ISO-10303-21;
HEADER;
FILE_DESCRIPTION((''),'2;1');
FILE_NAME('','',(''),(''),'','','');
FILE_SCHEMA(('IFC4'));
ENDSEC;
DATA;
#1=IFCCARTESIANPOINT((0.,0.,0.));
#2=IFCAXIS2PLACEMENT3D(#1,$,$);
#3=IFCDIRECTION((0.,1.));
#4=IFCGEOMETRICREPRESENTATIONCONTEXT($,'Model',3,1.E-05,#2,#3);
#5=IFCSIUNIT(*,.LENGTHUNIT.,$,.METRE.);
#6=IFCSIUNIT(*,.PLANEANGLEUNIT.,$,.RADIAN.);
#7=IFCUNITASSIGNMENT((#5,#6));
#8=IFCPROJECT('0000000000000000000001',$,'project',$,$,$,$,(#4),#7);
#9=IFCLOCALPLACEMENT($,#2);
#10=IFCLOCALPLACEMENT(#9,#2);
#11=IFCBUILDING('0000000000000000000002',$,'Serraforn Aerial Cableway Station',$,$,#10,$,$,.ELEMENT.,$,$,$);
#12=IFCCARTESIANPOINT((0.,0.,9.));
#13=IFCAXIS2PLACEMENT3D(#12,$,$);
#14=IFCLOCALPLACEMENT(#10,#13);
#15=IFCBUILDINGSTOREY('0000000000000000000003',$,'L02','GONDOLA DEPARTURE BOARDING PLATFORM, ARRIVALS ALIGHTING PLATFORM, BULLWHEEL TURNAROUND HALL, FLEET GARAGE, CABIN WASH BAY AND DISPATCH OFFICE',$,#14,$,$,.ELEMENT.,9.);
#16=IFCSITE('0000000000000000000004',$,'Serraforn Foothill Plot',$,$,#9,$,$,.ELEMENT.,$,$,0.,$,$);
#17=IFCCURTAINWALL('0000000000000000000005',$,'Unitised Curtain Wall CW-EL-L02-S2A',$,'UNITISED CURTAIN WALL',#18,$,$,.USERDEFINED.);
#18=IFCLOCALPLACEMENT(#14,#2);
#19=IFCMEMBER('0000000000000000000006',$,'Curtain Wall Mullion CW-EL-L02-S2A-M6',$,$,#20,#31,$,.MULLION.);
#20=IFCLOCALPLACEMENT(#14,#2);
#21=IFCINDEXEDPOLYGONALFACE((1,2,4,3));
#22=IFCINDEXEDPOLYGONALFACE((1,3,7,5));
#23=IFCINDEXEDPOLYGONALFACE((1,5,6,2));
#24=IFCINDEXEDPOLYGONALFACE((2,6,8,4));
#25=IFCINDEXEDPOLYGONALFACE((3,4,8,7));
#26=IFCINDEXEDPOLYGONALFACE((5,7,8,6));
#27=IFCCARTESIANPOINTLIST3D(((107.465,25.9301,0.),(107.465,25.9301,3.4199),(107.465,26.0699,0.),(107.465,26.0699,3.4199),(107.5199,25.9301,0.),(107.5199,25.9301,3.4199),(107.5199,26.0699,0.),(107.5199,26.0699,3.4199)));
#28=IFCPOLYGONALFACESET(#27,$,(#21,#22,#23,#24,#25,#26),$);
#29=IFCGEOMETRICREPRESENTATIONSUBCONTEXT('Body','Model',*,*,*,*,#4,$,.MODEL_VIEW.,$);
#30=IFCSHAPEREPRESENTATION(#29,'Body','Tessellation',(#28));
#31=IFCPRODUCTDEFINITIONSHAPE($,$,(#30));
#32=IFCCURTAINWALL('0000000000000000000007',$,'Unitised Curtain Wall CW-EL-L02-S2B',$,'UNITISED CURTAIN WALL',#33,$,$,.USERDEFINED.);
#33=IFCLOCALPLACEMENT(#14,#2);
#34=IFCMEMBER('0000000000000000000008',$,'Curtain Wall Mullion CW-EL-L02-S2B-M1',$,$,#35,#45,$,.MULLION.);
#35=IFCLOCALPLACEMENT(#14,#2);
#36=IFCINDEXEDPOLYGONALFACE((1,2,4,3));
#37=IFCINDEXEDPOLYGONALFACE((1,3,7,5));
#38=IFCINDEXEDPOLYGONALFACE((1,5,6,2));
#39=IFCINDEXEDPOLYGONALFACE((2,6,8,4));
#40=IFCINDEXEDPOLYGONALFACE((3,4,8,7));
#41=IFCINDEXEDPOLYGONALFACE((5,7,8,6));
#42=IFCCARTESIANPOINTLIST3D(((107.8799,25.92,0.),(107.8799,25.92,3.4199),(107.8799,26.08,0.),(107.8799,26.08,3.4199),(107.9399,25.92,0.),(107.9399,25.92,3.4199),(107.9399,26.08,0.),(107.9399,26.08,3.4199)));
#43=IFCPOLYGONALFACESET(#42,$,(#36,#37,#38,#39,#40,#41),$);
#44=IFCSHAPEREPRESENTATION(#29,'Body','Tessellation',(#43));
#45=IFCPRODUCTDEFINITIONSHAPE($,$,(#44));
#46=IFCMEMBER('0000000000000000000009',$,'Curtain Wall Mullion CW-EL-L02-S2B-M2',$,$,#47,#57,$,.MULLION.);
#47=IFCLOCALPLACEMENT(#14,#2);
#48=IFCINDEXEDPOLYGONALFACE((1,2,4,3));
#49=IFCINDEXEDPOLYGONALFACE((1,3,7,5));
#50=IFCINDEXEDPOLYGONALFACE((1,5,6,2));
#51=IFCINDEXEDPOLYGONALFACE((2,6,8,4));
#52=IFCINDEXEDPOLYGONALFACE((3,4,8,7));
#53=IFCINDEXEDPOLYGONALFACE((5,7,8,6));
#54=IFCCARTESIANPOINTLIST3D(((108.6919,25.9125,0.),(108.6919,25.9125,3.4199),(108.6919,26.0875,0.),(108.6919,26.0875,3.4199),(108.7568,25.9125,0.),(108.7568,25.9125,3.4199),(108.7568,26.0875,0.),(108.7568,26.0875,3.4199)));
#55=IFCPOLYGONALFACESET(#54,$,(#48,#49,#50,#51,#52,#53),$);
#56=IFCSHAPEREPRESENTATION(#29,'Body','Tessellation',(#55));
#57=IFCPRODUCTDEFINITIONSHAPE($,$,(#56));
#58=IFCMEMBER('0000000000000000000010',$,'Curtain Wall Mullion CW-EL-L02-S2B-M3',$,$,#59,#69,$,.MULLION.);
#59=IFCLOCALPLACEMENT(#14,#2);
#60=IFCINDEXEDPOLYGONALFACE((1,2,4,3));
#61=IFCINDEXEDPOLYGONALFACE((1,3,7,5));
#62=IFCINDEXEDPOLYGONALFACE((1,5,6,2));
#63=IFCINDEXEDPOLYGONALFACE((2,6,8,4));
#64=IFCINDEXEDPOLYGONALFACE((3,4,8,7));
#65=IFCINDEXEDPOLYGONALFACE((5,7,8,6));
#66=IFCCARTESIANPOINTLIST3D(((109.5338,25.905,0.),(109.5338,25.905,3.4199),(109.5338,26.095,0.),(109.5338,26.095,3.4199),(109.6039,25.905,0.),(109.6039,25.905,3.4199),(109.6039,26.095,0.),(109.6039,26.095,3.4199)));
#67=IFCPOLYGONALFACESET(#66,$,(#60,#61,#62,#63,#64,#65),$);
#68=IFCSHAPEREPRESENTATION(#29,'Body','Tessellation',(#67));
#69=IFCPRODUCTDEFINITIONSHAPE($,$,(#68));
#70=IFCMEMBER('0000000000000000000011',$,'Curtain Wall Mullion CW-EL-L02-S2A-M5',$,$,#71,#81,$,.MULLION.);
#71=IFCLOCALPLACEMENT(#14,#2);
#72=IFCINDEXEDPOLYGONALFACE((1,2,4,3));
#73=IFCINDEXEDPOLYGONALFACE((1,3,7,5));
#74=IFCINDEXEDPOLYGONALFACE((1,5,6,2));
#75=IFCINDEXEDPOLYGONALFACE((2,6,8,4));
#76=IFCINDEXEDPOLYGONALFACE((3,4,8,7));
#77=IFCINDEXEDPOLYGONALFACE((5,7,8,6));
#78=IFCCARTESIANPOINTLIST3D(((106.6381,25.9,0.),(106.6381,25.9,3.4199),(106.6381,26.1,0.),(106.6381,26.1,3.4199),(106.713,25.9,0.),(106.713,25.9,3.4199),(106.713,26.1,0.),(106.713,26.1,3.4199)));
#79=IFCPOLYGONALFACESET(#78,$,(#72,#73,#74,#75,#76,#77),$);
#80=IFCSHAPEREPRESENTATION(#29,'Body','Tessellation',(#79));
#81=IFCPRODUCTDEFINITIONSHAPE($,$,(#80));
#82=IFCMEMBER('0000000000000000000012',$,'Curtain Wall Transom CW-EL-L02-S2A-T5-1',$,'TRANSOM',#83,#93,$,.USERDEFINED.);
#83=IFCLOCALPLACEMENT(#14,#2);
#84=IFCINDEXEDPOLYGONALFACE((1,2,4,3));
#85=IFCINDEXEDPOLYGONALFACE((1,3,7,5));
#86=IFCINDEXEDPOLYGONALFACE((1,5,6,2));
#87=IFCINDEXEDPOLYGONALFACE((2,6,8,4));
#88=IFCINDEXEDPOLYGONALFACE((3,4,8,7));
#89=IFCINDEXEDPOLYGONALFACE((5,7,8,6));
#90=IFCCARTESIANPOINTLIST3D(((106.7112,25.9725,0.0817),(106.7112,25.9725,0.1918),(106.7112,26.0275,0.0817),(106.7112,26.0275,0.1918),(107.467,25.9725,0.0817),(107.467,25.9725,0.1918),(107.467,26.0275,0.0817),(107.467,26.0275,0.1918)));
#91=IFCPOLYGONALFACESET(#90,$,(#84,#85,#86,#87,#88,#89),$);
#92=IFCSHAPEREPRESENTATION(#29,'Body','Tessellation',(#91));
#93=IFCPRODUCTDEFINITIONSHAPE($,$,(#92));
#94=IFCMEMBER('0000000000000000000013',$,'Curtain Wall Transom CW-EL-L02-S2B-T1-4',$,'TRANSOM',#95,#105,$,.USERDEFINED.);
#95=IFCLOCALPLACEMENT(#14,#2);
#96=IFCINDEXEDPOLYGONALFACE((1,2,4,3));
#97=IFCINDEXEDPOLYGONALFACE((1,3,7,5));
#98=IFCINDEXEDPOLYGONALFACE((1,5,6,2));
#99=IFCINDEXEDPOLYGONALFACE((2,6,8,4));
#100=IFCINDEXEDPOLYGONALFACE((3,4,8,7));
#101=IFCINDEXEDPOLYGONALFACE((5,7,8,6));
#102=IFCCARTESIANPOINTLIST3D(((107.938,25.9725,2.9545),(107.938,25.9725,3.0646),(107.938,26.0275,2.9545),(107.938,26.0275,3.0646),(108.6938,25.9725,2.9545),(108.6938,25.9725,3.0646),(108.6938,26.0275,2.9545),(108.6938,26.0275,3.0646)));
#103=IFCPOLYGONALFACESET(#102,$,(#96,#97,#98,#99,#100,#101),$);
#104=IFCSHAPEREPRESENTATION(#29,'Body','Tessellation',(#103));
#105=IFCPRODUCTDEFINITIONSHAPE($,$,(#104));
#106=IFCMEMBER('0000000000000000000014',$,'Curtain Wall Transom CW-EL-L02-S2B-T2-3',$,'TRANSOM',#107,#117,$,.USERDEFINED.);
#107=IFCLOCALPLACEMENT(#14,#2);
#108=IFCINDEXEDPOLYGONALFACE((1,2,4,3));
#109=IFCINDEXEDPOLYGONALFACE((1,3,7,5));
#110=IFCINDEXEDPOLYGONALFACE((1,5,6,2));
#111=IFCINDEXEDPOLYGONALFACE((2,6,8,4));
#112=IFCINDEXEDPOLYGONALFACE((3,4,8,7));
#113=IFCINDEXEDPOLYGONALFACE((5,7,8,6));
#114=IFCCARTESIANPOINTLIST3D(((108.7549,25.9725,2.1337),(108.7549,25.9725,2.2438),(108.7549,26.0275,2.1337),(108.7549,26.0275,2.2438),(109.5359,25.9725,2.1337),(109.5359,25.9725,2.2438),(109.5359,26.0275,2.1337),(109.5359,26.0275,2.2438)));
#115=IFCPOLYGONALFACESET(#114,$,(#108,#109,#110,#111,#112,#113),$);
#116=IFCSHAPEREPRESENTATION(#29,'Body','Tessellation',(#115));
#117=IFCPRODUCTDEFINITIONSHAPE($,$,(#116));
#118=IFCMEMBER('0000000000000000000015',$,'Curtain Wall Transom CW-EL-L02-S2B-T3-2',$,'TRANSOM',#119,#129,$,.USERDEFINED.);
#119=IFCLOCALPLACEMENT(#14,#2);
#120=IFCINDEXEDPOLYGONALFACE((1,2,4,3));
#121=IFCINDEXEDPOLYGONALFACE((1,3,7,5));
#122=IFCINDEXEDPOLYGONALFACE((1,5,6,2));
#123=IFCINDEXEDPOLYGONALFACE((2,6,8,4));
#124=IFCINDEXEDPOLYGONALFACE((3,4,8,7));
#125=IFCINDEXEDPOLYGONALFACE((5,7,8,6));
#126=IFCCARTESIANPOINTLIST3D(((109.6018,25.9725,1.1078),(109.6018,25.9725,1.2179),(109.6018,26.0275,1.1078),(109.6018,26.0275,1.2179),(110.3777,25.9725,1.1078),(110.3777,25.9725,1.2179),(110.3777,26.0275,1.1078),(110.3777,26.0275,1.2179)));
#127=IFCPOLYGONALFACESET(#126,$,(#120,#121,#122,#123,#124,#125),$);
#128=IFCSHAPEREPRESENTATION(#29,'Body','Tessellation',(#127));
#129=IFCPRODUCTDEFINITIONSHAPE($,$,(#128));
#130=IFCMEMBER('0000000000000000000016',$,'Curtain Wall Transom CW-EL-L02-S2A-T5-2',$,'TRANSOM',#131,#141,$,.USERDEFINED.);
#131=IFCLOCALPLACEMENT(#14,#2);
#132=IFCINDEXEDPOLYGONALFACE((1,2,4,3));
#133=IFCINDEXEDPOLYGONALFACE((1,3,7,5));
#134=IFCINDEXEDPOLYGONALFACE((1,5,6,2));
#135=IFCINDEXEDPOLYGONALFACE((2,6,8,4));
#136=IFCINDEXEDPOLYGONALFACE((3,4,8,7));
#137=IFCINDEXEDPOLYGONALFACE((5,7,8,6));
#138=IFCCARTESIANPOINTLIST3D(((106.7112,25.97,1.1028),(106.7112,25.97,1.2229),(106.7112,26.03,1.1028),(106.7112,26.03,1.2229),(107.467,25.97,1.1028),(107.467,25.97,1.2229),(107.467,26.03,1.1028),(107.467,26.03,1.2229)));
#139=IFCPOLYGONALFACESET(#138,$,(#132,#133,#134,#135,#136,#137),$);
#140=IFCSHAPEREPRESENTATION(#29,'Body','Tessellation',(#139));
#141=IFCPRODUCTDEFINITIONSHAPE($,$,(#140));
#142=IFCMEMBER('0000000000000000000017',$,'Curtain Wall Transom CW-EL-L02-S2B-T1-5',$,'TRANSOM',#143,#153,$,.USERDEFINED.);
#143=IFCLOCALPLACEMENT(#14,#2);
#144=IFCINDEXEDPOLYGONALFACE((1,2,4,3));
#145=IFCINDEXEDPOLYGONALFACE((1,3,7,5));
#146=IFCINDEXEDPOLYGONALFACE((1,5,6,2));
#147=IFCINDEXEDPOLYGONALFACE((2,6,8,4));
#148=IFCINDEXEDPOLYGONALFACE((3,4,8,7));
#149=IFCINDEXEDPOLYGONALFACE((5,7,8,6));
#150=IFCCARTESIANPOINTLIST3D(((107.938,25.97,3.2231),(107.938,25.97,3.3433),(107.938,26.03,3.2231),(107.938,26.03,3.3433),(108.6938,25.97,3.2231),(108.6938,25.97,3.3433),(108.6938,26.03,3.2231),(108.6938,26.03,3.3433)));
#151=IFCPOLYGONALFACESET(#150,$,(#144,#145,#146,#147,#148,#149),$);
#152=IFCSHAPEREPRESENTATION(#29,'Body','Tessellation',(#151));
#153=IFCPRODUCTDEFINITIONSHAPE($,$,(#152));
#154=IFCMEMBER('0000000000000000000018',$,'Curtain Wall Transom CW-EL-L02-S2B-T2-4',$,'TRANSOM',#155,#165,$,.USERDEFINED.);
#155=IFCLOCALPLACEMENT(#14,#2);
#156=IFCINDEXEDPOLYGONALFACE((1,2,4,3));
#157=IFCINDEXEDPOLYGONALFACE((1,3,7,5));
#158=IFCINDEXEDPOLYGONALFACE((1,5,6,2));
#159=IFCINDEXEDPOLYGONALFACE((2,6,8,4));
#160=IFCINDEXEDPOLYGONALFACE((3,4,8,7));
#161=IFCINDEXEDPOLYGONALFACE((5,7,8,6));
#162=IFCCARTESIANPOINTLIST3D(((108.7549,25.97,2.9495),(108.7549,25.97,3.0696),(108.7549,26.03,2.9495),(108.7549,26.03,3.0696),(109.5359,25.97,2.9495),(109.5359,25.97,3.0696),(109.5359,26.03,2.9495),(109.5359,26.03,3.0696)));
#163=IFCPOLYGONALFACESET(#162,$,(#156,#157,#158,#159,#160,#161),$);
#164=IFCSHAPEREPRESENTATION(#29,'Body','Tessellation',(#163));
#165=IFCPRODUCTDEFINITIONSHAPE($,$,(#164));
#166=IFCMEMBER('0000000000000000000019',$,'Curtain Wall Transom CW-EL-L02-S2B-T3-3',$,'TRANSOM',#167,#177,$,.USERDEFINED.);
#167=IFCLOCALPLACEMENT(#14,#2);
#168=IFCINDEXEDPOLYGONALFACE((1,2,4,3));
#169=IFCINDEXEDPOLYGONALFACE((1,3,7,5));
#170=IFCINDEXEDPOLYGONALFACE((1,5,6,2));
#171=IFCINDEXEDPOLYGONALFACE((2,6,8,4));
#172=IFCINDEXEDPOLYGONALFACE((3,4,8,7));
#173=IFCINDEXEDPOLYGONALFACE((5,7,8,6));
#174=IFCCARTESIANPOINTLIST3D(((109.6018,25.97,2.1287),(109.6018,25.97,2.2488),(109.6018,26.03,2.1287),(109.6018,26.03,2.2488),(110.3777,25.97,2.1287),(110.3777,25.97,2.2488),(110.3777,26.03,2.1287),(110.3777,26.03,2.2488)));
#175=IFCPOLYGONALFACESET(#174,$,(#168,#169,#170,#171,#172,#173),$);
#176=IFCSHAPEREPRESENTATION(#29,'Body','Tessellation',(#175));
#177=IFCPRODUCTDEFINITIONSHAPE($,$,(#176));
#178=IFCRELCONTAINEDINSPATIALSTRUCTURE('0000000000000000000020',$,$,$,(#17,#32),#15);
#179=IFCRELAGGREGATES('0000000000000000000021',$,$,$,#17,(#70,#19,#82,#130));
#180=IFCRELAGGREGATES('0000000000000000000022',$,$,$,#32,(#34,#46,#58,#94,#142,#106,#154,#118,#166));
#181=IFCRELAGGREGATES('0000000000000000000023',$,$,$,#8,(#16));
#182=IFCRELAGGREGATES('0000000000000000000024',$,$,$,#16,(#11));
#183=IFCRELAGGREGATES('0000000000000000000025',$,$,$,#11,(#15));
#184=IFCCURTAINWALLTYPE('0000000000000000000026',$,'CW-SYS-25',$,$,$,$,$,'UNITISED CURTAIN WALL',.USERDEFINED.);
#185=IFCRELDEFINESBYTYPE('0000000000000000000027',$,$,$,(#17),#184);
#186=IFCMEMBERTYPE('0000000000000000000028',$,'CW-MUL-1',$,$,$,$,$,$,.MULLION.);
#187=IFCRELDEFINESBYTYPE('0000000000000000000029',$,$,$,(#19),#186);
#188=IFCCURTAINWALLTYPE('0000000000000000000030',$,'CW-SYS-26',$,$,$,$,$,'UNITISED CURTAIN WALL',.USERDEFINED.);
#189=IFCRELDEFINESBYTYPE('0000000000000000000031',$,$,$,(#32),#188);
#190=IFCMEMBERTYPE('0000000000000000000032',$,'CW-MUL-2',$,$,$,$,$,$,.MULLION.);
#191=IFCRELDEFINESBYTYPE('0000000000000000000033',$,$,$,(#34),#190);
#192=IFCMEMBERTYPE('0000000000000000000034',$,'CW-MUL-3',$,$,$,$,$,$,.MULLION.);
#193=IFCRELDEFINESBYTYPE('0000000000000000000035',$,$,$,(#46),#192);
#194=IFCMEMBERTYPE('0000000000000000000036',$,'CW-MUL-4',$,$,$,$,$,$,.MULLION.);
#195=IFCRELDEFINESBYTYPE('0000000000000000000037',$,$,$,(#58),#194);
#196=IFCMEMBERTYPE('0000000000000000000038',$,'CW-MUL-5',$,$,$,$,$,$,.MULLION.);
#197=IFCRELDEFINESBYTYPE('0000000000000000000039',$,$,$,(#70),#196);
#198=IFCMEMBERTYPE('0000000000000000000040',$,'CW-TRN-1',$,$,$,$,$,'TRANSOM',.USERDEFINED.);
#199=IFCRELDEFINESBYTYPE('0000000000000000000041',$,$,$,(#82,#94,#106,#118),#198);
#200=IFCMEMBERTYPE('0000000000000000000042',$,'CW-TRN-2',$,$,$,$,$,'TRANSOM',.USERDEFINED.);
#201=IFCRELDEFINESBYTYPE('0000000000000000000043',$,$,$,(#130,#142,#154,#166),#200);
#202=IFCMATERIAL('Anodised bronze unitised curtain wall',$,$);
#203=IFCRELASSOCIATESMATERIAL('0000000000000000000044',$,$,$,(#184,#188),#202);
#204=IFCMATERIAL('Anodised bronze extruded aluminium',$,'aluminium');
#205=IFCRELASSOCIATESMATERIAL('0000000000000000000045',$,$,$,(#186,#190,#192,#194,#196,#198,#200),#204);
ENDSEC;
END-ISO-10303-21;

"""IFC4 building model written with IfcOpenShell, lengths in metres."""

from ifc_helpers import new_model, si_unit, direction, frame, origin, origin_2d, place, context, subcontext, project, spatial, rectangle, extrude, material, material_profile, profile_set, type_object, element, aggregate, save


model = new_model("IFC4")

# Units and contexts
model_context = context("Model", 3, precision=1e-05, world=origin(), true_north=direction((0.0, 1.0)))
body_context = subcontext(model_context, "Body", "Model", "MODEL_VIEW")
ifc_project = project(units=[si_unit("LENGTHUNIT", "METRE"), si_unit("PLANEANGLEUNIT", "RADIAN")], contexts=[model_context])

# Site, building, storey
site_placement = place(None, origin())
site = spatial("IfcSite", under=ifc_project, at=site_placement, Name="Serraforn Foothill Plot", CompositionType="ELEMENT", RefElevation=0.0)
building_placement = place(site_placement, origin())
building = spatial("IfcBuilding", under=site, at=building_placement, Name="Serraforn Aerial Cableway Station", CompositionType="ELEMENT")
storey_placement = place(building_placement, frame((0.0, 0.0, 9.0)))
storey = spatial("IfcBuildingStorey", under=building, at=storey_placement, Name="L02", Description="GONDOLA DEPARTURE BOARDING PLATFORM, ARRIVALS ALIGHTING PLATFORM, BULLWHEEL TURNAROUND HALL, FLEET GARAGE, CABIN WASH BAY AND DISPATCH OFFICE", CompositionType="ELEMENT", Elevation=9.0)

# Curtain wall, member
ifc_material_1 = material(Name="Anodised bronze unitised curtain wall")
curtain_wall_type_1 = type_object("IfcCurtainWallType", Name="CW-SYS-25", ElementType="UNITISED CURTAIN WALL", PredefinedType="USERDEFINED", material=ifc_material_1)
curtain_wall_1_placement = place(storey_placement, origin())
curtain_wall_1 = element("IfcCurtainWall", 1, at=curtain_wall_1_placement, inside=storey, type_object=curtain_wall_type_1, Name="Unitised Curtain Wall CW-EL-L02-S2A", ObjectType="UNITISED CURTAIN WALL", PredefinedType="USERDEFINED")
ifc_material_2 = material(Name="Anodised bronze extruded aluminium", Category="aluminium")
ifc_material_profile_1 = material_profile(ifc_material_2, rectangle(XDim=0.0549, YDim=0.1399, at=origin_2d()), Name="CW MULLION 55x140")
ifc_profile_set_1 = profile_set([ifc_material_profile_1], Name="Anodised bronze extruded aluminium")
member_type_1 = type_object("IfcMemberType", Name="CW-MUL-1", PredefinedType="MULLION", material=ifc_profile_set_1)
member_1_placement = place(storey_placement, frame((107.4924, 26.0, 0.0), z_axis=(0.0, 0.0, 1.0), x_axis=(1.0, 0.0, 0.0)))
member_1 = element("IfcMember", 2, at=member_1_placement, type_object=member_type_1, Name="Curtain Wall Mullion CW-EL-L02-S2A-M6", PredefinedType="MULLION", context=body_context, shape_type="SweptSolid", body=[
    extrude(rectangle(XDim=0.0549, YDim=0.1399, at=origin_2d()), origin(), (0.0, 0.0, 1.0), 3.4199),
])

# Curtain wall, members
curtain_wall_type_2 = type_object("IfcCurtainWallType", Name="CW-SYS-26", ElementType="UNITISED CURTAIN WALL", PredefinedType="USERDEFINED", material=ifc_material_1)
curtain_wall_2_placement = place(storey_placement, origin())
curtain_wall_2 = element("IfcCurtainWall", 3, at=curtain_wall_2_placement, inside=storey, type_object=curtain_wall_type_2, Name="Unitised Curtain Wall CW-EL-L02-S2B", ObjectType="UNITISED CURTAIN WALL", PredefinedType="USERDEFINED")
ifc_material_profile_2 = material_profile(ifc_material_2, rectangle(XDim=0.0601, YDim=0.1599, at=origin_2d()), Name="CW MULLION 60x160")
ifc_profile_set_2 = profile_set([ifc_material_profile_2], Name="Anodised bronze extruded aluminium")
member_type_2 = type_object("IfcMemberType", Name="CW-MUL-2", PredefinedType="MULLION", material=ifc_profile_set_2)
member_2_placement = place(storey_placement, frame((107.9099, 26.0, 0.0), z_axis=(0.0, 0.0, 1.0), x_axis=(1.0, 0.0, 0.0)))
member_2 = element("IfcMember", 4, at=member_2_placement, type_object=member_type_2, Name="Curtain Wall Mullion CW-EL-L02-S2B-M1", PredefinedType="MULLION", context=body_context, shape_type="SweptSolid", body=[
    extrude(rectangle(XDim=0.0601, YDim=0.1599, at=origin_2d()), origin(), (0.0, 0.0, 1.0), 3.4199),
])
ifc_material_profile_3 = material_profile(ifc_material_2, rectangle(XDim=0.0649, YDim=0.175, at=origin_2d()), Name="CW MULLION 65x175")
ifc_profile_set_3 = profile_set([ifc_material_profile_3], Name="Anodised bronze extruded aluminium")
member_type_3 = type_object("IfcMemberType", Name="CW-MUL-3", PredefinedType="MULLION", material=ifc_profile_set_3)
member_3_placement = place(storey_placement, frame((108.7244, 26.0, 0.0), z_axis=(0.0, 0.0, 1.0), x_axis=(1.0, 0.0, 0.0)))
member_3 = element("IfcMember", 5, at=member_3_placement, type_object=member_type_3, Name="Curtain Wall Mullion CW-EL-L02-S2B-M2", PredefinedType="MULLION", context=body_context, shape_type="SweptSolid", body=[
    extrude(rectangle(XDim=0.0649, YDim=0.175, at=origin_2d()), origin(), (0.0, 0.0, 1.0), 3.4199),
])
ifc_material_profile_4 = material_profile(ifc_material_2, rectangle(XDim=0.0701, YDim=0.1899, at=origin_2d()), Name="CW MULLION 70x190")
ifc_profile_set_4 = profile_set([ifc_material_profile_4], Name="Anodised bronze extruded aluminium")
member_type_4 = type_object("IfcMemberType", Name="CW-MUL-4", PredefinedType="MULLION", material=ifc_profile_set_4)
member_4_placement = place(storey_placement, frame((109.5688, 26.0, 0.0), z_axis=(0.0, 0.0, 1.0), x_axis=(1.0, 0.0, 0.0)))
member_4 = element("IfcMember", 6, at=member_4_placement, type_object=member_type_4, Name="Curtain Wall Mullion CW-EL-L02-S2B-M3", PredefinedType="MULLION", context=body_context, shape_type="SweptSolid", body=[
    extrude(rectangle(XDim=0.0701, YDim=0.1899, at=origin_2d()), origin(), (0.0, 0.0, 1.0), 3.4199),
])

# Members
ifc_material_profile_5 = material_profile(ifc_material_2, rectangle(XDim=0.075, YDim=0.2, at=origin_2d()), Name="CW MULLION 75x200")
ifc_profile_set_5 = profile_set([ifc_material_profile_5], Name="Anodised bronze extruded aluminium")
member_type_5 = type_object("IfcMemberType", Name="CW-MUL-5", PredefinedType="MULLION", material=ifc_profile_set_5)
member_5_placement = place(storey_placement, frame((106.6755, 26.0, 0.0), z_axis=(0.0, 0.0, 1.0), x_axis=(1.0, 0.0, 0.0)))
member_5 = element("IfcMember", 7, at=member_5_placement, type_object=member_type_5, Name="Curtain Wall Mullion CW-EL-L02-S2A-M5", PredefinedType="MULLION", context=body_context, shape_type="SweptSolid", body=[
    extrude(rectangle(XDim=0.075, YDim=0.2, at=origin_2d()), origin(), (0.0, 0.0, 1.0), 3.4199),
])
ifc_material_profile_6 = material_profile(ifc_material_2, rectangle(XDim=0.0549, YDim=0.1101, at=origin_2d()), Name="CW TRANSOM 55x110")
ifc_profile_set_6 = profile_set([ifc_material_profile_6], Name="Anodised bronze extruded aluminium")
member_type_6 = type_object("IfcMemberType", Name="CW-TRN-1", ElementType="TRANSOM", PredefinedType="USERDEFINED", material=ifc_profile_set_6)
member_6_placement = place(storey_placement, frame((106.7112, 26.0, 0.1367), z_axis=(1.0, 0.0, 0.0), x_axis=(0.0, 1.0, 0.0)))
member_6 = element("IfcMember", 8, at=member_6_placement, type_object=member_type_6, Name="Curtain Wall Transom CW-EL-L02-S2A-T5-1", ObjectType="TRANSOM", PredefinedType="USERDEFINED", context=body_context, shape_type="SweptSolid", body=[
    extrude(rectangle(XDim=0.0549, YDim=0.1101, at=origin_2d()), origin(), (0.0, 0.0, 1.0), 0.7559),
])
member_7_placement = place(storey_placement, frame((107.938, 26.0, 3.0095), z_axis=(1.0, 0.0, 0.0), x_axis=(0.0, 1.0, 0.0)))
member_7 = element("IfcMember", 9, at=member_7_placement, type_object=member_type_6, Name="Curtain Wall Transom CW-EL-L02-S2B-T1-4", ObjectType="TRANSOM", PredefinedType="USERDEFINED", context=body_context, shape_type="SweptSolid", body=[
    extrude(rectangle(XDim=0.0549, YDim=0.1101, at=origin_2d()), origin(), (0.0, 0.0, 1.0), 0.7559),
])
member_8_placement = place(storey_placement, frame((108.7549, 26.0, 2.1887), z_axis=(1.0, 0.0, 0.0), x_axis=(0.0, 1.0, 0.0)))
member_8 = element("IfcMember", 10, at=member_8_placement, type_object=member_type_6, Name="Curtain Wall Transom CW-EL-L02-S2B-T2-3", ObjectType="TRANSOM", PredefinedType="USERDEFINED", context=body_context, shape_type="SweptSolid", body=[
    extrude(rectangle(XDim=0.0549, YDim=0.1101, at=origin_2d()), origin(), (0.0, 0.0, 1.0), 0.781),
])
member_9_placement = place(storey_placement, frame((109.6018, 26.0, 1.1628), z_axis=(1.0, 0.0, 0.0), x_axis=(0.0, 1.0, 0.0)))
member_9 = element("IfcMember", 11, at=member_9_placement, type_object=member_type_6, Name="Curtain Wall Transom CW-EL-L02-S2B-T3-2", ObjectType="TRANSOM", PredefinedType="USERDEFINED", context=body_context, shape_type="SweptSolid", body=[
    extrude(rectangle(XDim=0.0549, YDim=0.1101, at=origin_2d()), origin(), (0.0, 0.0, 1.0), 0.7759),
])
ifc_material_profile_7 = material_profile(ifc_material_2, rectangle(XDim=0.0601, YDim=0.1201, at=origin_2d()), Name="CW TRANSOM 60x120")
ifc_profile_set_7 = profile_set([ifc_material_profile_7], Name="Anodised bronze extruded aluminium")
member_type_7 = type_object("IfcMemberType", Name="CW-TRN-2", ElementType="TRANSOM", PredefinedType="USERDEFINED", material=ifc_profile_set_7)
member_10_placement = place(storey_placement, frame((106.7112, 26.0, 1.1628), z_axis=(1.0, 0.0, 0.0), x_axis=(0.0, 1.0, 0.0)))
member_10 = element("IfcMember", 12, at=member_10_placement, type_object=member_type_7, Name="Curtain Wall Transom CW-EL-L02-S2A-T5-2", ObjectType="TRANSOM", PredefinedType="USERDEFINED", context=body_context, shape_type="SweptSolid", body=[
    extrude(rectangle(XDim=0.0601, YDim=0.1201, at=origin_2d()), origin(), (0.0, 0.0, 1.0), 0.7559),
])
member_11_placement = place(storey_placement, frame((107.938, 26.0, 3.2832), z_axis=(1.0, 0.0, 0.0), x_axis=(0.0, 1.0, 0.0)))
member_11 = element("IfcMember", 13, at=member_11_placement, type_object=member_type_7, Name="Curtain Wall Transom CW-EL-L02-S2B-T1-5", ObjectType="TRANSOM", PredefinedType="USERDEFINED", context=body_context, shape_type="SweptSolid", body=[
    extrude(rectangle(XDim=0.0601, YDim=0.1201, at=origin_2d()), origin(), (0.0, 0.0, 1.0), 0.7559),
])
member_12_placement = place(storey_placement, frame((108.7549, 26.0, 3.0095), z_axis=(1.0, 0.0, 0.0), x_axis=(0.0, 1.0, 0.0)))
member_12 = element("IfcMember", 14, at=member_12_placement, type_object=member_type_7, Name="Curtain Wall Transom CW-EL-L02-S2B-T2-4", ObjectType="TRANSOM", PredefinedType="USERDEFINED", context=body_context, shape_type="SweptSolid", body=[
    extrude(rectangle(XDim=0.0601, YDim=0.1201, at=origin_2d()), origin(), (0.0, 0.0, 1.0), 0.781),
])
member_13_placement = place(storey_placement, frame((109.6018, 26.0, 2.1887), z_axis=(1.0, 0.0, 0.0), x_axis=(0.0, 1.0, 0.0)))
member_13 = element("IfcMember", 15, at=member_13_placement, type_object=member_type_7, Name="Curtain Wall Transom CW-EL-L02-S2B-T3-3", ObjectType="TRANSOM", PredefinedType="USERDEFINED", context=body_context, shape_type="SweptSolid", body=[
    extrude(rectangle(XDim=0.0601, YDim=0.1201, at=origin_2d()), origin(), (0.0, 0.0, 1.0), 0.7759),
])

aggregate(curtain_wall_1, [member_5, member_1, member_6, member_10])
aggregate(curtain_wall_2, [member_2, member_3, member_4, member_7, member_11, member_8, member_12, member_9, member_13])

save(model, "model.ifc")
